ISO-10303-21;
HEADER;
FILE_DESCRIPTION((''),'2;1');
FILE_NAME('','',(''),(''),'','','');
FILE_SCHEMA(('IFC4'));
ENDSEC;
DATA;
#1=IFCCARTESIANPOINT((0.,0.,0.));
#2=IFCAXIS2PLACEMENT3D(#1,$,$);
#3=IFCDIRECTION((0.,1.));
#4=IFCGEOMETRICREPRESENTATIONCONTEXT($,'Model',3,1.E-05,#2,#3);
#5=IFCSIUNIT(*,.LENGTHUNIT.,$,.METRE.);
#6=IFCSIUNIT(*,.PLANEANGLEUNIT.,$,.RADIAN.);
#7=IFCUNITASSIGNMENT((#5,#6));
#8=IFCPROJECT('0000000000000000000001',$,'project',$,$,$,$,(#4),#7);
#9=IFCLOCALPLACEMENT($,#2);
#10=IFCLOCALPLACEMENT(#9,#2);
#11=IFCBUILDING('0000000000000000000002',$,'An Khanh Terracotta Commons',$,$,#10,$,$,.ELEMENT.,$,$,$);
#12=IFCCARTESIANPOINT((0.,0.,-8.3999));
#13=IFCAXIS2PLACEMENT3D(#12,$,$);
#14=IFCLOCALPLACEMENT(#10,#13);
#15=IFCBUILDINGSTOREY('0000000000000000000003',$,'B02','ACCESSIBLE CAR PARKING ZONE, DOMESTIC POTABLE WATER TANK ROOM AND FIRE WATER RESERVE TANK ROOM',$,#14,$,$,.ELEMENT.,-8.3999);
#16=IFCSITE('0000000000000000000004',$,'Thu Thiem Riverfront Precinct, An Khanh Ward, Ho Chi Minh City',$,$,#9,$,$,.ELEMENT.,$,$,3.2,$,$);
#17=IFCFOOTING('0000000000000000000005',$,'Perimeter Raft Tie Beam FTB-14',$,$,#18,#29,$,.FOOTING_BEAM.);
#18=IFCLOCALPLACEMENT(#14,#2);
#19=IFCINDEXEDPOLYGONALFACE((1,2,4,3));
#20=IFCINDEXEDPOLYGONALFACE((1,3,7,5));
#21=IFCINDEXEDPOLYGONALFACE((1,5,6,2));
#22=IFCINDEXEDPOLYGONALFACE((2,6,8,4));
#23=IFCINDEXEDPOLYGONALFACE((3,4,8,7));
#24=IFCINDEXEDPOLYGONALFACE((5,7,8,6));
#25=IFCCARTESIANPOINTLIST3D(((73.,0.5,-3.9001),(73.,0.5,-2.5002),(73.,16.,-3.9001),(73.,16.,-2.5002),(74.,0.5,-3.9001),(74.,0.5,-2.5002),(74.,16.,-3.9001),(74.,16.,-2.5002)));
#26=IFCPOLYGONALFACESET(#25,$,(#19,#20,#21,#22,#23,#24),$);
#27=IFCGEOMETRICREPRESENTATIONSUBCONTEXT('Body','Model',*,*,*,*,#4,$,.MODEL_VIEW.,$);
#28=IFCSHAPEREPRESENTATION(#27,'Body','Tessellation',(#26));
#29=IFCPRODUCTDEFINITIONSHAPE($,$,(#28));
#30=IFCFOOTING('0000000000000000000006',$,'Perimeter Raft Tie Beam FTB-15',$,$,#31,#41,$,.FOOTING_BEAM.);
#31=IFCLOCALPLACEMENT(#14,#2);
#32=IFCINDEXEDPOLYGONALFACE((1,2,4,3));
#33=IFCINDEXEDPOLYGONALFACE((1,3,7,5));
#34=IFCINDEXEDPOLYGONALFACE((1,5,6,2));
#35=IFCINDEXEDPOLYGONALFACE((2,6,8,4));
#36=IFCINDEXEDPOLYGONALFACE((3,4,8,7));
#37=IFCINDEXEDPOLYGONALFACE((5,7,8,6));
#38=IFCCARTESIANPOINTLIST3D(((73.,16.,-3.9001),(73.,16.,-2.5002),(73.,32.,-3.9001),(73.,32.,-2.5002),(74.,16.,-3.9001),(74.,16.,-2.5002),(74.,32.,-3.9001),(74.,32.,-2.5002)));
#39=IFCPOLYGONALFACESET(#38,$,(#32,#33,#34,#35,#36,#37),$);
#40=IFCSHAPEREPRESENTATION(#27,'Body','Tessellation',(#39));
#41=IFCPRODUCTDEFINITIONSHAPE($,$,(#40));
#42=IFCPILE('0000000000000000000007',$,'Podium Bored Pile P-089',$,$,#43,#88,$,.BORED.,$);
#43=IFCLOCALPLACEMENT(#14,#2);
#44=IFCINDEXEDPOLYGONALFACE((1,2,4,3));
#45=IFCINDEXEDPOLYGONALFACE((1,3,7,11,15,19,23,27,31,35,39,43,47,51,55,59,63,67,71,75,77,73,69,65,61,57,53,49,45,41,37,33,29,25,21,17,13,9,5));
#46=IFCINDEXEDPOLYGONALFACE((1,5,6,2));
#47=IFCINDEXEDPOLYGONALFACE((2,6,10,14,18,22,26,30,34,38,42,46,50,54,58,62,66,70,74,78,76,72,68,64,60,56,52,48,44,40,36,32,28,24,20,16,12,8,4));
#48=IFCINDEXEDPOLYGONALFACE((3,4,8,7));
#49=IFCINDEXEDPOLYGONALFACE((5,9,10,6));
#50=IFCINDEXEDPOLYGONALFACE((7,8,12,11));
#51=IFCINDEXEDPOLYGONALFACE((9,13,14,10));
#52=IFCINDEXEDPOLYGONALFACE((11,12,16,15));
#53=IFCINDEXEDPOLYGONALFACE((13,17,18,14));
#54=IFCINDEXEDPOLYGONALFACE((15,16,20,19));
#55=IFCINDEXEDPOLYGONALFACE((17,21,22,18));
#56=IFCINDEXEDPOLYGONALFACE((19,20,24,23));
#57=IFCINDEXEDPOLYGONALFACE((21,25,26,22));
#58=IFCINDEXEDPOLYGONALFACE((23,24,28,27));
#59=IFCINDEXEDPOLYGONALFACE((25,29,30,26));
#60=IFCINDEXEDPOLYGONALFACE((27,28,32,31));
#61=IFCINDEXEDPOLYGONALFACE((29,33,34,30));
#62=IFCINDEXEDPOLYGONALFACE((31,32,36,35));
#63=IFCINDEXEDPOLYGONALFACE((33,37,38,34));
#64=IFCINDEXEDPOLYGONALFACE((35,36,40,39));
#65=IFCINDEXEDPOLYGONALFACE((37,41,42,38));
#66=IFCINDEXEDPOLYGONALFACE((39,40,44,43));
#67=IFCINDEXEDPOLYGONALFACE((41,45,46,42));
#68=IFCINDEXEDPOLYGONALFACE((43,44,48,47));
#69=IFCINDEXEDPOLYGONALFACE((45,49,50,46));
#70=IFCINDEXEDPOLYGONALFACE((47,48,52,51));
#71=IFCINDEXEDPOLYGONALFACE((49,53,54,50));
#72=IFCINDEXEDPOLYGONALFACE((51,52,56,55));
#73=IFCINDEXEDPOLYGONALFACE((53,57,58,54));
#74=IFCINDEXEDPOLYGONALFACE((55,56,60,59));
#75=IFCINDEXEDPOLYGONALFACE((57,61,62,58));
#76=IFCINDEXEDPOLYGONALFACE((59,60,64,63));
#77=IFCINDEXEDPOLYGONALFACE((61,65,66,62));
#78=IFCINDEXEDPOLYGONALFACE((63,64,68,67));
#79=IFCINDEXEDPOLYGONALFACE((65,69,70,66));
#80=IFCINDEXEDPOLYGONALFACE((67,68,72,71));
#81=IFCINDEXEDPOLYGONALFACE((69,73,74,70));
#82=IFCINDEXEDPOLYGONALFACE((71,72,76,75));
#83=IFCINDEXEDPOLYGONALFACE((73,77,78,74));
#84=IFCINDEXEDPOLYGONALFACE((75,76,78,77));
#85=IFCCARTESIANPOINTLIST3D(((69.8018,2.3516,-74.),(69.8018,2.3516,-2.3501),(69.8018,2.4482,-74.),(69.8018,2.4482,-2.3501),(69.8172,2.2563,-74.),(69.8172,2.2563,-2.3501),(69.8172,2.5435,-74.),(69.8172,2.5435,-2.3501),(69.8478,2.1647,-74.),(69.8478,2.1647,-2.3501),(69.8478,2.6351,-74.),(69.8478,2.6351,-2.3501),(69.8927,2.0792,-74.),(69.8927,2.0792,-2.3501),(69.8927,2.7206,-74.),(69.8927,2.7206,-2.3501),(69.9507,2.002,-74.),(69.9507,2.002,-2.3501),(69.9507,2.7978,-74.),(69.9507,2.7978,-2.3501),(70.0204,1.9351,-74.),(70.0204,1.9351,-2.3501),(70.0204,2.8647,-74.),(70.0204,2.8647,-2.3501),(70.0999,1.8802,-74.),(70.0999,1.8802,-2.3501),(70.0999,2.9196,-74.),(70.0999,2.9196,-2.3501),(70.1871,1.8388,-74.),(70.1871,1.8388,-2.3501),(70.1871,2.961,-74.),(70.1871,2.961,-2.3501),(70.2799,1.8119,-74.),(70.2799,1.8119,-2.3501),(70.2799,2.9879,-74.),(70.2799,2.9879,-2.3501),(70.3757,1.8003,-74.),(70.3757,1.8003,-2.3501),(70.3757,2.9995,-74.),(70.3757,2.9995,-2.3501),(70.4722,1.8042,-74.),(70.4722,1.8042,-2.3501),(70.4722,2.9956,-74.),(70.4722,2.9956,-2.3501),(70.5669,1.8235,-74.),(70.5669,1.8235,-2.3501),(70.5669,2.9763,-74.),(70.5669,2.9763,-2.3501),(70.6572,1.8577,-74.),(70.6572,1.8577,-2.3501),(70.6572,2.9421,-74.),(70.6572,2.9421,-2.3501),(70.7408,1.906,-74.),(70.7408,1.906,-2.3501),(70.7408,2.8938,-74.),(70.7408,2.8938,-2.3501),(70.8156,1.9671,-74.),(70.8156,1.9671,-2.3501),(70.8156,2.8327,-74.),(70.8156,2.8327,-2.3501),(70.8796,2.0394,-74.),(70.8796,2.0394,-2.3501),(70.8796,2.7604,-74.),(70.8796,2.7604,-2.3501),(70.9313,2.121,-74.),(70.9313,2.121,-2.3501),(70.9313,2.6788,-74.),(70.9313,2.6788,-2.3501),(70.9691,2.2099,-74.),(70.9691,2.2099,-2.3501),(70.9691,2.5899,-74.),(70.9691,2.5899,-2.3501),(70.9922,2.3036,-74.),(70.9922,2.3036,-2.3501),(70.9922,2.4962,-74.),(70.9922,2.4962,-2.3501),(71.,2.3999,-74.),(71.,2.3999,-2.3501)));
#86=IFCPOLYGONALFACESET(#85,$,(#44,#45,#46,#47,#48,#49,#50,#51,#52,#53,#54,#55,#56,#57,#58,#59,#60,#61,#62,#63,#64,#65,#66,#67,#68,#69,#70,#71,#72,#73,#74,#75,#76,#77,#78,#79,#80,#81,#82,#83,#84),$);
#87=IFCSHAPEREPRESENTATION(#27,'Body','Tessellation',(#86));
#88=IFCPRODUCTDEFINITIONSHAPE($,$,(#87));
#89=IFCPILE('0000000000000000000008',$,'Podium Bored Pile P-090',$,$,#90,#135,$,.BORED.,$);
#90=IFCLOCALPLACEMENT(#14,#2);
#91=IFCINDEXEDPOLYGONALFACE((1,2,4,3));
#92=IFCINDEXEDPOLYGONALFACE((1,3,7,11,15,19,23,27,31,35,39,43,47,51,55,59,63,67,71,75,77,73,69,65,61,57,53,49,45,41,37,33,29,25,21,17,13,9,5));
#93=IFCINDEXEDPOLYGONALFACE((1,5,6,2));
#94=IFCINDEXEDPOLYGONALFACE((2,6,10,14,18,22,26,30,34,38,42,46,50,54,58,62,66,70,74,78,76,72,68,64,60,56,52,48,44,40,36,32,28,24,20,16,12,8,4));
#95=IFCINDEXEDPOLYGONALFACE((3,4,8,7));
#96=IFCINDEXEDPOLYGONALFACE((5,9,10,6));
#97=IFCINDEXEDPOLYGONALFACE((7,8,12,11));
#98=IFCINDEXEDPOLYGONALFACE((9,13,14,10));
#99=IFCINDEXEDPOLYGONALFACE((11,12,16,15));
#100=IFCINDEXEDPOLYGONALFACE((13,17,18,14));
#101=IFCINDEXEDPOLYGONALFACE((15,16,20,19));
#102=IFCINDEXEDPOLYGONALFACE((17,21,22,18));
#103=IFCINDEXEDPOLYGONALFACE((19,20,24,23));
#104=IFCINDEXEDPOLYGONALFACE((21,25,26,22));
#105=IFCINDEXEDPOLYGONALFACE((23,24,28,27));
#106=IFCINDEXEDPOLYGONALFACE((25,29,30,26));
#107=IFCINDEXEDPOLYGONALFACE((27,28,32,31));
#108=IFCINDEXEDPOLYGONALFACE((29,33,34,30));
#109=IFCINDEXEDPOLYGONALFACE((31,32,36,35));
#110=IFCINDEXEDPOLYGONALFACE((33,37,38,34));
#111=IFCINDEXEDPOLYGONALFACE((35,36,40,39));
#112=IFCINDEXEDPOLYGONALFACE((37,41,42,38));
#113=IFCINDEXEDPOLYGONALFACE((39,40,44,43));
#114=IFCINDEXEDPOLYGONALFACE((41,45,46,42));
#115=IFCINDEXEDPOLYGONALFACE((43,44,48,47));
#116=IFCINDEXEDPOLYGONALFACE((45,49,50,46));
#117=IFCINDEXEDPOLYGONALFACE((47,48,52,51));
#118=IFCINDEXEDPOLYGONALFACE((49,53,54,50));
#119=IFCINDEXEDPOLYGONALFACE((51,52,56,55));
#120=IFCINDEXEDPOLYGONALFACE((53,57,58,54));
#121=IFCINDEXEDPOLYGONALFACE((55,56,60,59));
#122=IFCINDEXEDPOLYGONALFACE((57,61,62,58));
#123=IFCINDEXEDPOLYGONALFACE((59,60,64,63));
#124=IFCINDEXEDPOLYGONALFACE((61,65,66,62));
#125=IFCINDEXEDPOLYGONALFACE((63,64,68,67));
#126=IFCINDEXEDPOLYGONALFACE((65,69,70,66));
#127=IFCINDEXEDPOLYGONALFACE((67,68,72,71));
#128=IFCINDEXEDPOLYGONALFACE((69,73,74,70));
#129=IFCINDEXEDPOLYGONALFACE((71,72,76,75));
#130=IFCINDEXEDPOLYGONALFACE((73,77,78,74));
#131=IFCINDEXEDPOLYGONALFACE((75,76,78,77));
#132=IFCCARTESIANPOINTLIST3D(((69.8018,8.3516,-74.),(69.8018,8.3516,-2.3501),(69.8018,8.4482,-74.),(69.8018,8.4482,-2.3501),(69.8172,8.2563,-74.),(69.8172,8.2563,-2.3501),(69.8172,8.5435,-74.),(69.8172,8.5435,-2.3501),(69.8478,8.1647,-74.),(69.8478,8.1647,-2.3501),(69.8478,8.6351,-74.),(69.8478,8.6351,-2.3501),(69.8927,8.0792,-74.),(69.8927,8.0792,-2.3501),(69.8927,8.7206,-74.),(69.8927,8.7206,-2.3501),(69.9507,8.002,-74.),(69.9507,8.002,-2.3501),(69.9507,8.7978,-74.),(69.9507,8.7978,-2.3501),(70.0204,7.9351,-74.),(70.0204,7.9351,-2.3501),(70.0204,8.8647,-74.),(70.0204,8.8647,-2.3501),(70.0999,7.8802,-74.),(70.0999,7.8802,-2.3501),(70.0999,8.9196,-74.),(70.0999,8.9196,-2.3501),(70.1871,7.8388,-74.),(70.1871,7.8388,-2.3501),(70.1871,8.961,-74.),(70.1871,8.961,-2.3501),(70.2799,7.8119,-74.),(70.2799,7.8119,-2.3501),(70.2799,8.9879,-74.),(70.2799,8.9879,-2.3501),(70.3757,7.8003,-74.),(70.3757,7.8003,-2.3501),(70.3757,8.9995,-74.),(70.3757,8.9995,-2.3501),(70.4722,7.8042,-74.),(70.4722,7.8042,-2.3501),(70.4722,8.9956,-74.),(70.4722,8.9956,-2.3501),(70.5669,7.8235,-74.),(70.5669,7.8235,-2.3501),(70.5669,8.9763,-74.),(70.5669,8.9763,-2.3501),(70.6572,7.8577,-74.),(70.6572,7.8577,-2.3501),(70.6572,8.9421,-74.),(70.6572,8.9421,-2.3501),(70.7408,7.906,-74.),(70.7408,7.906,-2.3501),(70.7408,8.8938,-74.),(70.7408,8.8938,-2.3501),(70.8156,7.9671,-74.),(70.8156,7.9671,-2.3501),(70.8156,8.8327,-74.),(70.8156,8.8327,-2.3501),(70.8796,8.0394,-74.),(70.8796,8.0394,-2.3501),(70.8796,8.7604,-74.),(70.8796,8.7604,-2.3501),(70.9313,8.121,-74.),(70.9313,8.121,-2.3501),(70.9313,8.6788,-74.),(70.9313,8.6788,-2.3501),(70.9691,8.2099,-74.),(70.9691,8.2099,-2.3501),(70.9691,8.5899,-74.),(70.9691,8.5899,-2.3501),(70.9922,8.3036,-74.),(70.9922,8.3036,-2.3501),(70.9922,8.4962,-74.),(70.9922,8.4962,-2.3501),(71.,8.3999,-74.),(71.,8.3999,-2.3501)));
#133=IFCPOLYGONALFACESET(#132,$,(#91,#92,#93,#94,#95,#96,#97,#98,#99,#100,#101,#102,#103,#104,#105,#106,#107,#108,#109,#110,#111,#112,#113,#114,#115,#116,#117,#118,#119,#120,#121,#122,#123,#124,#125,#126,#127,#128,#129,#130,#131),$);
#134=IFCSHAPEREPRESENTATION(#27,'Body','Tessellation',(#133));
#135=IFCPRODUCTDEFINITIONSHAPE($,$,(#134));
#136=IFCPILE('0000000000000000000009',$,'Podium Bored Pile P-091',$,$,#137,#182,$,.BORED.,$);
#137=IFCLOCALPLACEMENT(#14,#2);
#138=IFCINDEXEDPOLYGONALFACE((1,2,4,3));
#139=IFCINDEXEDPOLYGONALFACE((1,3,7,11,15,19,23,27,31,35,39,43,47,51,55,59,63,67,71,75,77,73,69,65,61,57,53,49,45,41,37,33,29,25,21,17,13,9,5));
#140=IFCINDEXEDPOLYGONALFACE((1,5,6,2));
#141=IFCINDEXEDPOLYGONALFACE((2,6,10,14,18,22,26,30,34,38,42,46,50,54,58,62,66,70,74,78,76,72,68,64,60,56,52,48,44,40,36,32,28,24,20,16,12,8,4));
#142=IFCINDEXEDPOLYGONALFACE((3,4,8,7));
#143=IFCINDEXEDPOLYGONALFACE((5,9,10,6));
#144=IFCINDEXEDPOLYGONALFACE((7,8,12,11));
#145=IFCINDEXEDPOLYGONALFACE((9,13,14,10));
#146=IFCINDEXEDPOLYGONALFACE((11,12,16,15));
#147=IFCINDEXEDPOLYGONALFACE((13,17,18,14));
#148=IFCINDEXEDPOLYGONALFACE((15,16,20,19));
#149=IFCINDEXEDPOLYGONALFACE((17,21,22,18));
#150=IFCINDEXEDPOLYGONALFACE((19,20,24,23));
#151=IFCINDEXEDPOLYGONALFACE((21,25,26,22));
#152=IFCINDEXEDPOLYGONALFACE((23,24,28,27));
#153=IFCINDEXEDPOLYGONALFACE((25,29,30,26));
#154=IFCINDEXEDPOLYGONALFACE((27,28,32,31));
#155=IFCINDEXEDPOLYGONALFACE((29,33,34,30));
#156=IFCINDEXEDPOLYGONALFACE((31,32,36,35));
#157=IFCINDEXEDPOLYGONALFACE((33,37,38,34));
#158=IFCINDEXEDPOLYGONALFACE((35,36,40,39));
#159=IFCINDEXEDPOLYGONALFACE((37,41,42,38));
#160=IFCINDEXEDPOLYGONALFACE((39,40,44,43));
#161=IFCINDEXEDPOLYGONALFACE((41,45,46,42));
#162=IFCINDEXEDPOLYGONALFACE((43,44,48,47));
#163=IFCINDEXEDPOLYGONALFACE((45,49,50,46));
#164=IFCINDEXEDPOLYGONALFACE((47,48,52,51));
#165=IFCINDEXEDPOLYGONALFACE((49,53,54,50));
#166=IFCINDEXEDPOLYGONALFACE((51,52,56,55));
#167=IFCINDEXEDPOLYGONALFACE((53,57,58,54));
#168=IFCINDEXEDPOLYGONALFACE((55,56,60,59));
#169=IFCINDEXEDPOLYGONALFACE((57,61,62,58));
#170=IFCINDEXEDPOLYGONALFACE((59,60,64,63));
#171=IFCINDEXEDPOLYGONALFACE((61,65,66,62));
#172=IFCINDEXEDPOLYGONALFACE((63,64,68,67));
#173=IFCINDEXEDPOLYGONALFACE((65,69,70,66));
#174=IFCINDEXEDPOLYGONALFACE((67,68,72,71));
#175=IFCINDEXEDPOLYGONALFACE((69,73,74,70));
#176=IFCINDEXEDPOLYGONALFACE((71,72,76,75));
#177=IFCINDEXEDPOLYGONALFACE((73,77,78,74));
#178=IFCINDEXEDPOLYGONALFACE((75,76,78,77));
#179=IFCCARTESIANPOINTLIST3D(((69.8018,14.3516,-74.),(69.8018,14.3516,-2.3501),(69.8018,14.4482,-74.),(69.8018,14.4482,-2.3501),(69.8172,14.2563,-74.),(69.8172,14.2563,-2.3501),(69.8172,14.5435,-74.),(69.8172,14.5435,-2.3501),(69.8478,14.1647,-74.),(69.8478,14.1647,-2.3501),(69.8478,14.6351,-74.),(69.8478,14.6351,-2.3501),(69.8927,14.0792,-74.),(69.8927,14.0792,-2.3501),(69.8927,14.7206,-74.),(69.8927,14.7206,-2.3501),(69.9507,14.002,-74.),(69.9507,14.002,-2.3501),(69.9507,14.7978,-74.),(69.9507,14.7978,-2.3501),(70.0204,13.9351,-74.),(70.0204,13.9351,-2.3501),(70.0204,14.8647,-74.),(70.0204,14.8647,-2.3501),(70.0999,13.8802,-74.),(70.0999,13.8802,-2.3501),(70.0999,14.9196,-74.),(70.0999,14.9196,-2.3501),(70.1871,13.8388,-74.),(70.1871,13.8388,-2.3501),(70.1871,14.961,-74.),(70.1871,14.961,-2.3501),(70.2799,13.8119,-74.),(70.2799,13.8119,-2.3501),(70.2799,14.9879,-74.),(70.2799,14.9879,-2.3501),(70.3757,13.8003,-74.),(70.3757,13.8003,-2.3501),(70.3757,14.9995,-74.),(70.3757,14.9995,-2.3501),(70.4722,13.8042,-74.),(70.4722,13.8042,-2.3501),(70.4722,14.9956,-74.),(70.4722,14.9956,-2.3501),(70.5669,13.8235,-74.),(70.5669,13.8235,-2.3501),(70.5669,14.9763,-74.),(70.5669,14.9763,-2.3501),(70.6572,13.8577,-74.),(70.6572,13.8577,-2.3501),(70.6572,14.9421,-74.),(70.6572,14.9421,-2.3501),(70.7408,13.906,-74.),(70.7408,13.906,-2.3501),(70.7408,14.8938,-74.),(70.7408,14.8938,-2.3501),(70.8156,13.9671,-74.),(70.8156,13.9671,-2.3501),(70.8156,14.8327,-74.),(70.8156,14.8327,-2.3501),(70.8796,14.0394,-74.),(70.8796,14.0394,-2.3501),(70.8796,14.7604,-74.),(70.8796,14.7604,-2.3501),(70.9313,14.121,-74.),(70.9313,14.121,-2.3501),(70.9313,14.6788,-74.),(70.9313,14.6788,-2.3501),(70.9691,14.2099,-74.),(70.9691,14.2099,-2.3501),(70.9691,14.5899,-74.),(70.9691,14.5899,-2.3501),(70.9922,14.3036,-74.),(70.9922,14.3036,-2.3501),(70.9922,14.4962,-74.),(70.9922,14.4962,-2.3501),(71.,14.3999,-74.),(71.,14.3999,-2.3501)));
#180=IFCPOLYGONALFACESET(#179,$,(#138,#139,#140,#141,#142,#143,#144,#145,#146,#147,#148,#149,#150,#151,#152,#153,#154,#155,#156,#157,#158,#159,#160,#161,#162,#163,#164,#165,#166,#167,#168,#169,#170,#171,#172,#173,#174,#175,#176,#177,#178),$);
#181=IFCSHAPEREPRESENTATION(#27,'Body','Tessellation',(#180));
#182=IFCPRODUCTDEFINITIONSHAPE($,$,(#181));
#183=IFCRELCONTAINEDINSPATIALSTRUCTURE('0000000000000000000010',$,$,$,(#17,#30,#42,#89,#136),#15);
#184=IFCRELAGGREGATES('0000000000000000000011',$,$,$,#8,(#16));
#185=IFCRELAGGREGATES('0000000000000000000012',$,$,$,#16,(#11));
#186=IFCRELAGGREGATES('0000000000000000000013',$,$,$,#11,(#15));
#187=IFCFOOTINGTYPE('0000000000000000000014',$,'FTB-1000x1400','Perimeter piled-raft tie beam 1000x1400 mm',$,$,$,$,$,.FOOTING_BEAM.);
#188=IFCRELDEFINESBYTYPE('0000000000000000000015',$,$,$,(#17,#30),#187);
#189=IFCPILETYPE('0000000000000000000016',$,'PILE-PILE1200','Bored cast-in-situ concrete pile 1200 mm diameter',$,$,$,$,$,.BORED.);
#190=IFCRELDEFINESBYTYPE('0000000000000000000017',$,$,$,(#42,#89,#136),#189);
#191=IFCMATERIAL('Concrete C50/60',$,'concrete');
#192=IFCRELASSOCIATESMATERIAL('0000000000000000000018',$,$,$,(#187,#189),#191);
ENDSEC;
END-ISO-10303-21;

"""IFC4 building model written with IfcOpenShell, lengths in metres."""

from ifc_helpers import new_model, si_unit, direction, frame, origin, origin_2d, place, context, subcontext, project, spatial, rectangle, circle, extrude, material, material_profile, profile_set, type_object, element, save


model = new_model("IFC4")

# Units and contexts
model_context = context("Model", 3, precision=1e-05, world=origin(), true_north=direction((0.0, 1.0)))
body_context = subcontext(model_context, "Body", "Model", "MODEL_VIEW")
ifc_project = project(units=[si_unit("LENGTHUNIT", "METRE"), si_unit("PLANEANGLEUNIT", "RADIAN")], contexts=[model_context])

# Site, building, storey
site_placement = place(None, origin())
site = spatial("IfcSite", under=ifc_project, at=site_placement, Name="Thu Thiem Riverfront Precinct, An Khanh Ward, Ho Chi Minh City", CompositionType="ELEMENT", RefElevation=3.2)
building_placement = place(site_placement, origin())
building = spatial("IfcBuilding", under=site, at=building_placement, Name="An Khanh Terracotta Commons", CompositionType="ELEMENT")
storey_placement = place(building_placement, frame((0.0, 0.0, -8.3999)))
storey = spatial("IfcBuildingStorey", under=building, at=storey_placement, Name="B02", Description="ACCESSIBLE CAR PARKING ZONE, DOMESTIC POTABLE WATER TANK ROOM AND FIRE WATER RESERVE TANK ROOM", CompositionType="ELEMENT", Elevation=-8.3999)

# Footings
ifc_material_1 = material(Name="Concrete C50/60", Category="concrete")
ifc_material_profile_1 = material_profile(ifc_material_1, rectangle(XDim=1.0, YDim=1.3999, at=origin_2d()), Name="FTB1000x1400")
ifc_profile_set_1 = profile_set([ifc_material_profile_1], Name="Concrete C50/60")
footing_type = type_object("IfcFootingType", Name="FTB-1000x1400", Description="Perimeter piled-raft tie beam 1000x1400 mm", PredefinedType="FOOTING_BEAM", material=ifc_profile_set_1)
footing_1_placement = place(storey_placement, frame((73.5, 0.5, -3.2002), z_axis=(0.0, 1.0, 0.0), x_axis=(-1.0, 0.0, 0.0)))
element("IfcFooting", 1, at=footing_1_placement, inside=storey, type_object=footing_type, Name="Perimeter Raft Tie Beam FTB-14", PredefinedType="FOOTING_BEAM", context=body_context, shape_type="SweptSolid", body=[
    extrude(rectangle(XDim=1.0, YDim=1.3999, at=origin_2d()), origin(), (0.0, 0.0, 1.0), 15.5),
])
footing_2_placement = place(storey_placement, frame((73.5, 16.0, -3.2002), z_axis=(0.0, 1.0, 0.0), x_axis=(-1.0, 0.0, 0.0)))
element("IfcFooting", 2, at=footing_2_placement, inside=storey, type_object=footing_type, Name="Perimeter Raft Tie Beam FTB-15", PredefinedType="FOOTING_BEAM", context=body_context, shape_type="SweptSolid", body=[
    extrude(rectangle(XDim=1.0, YDim=1.3999, at=origin_2d()), origin(), (0.0, 0.0, 1.0), 16.0),
])

# Piles
ifc_material_profile_2 = material_profile(ifc_material_1, circle(Radius=0.6001, at=origin_2d()), Name="PILE1200")
ifc_profile_set_2 = profile_set([ifc_material_profile_2], Name="Concrete C50/60")
pile_type_1 = type_object("IfcPileType", Name="PILE-PILE1200", Description="Bored cast-in-situ concrete pile 1200 mm diameter", PredefinedType="BORED", material=ifc_profile_set_2)
for number, where, z_axis, x_axis, name in (
    (3, (70.3999, 2.3999, -2.3501), (0.0, 0.0, -1.0), (1.0, 0.0, 0.0), "Podium Bored Pile P-089"),
    (4, (70.3999, 8.3999, -2.3501), (0.0, 0.0, -1.0), (1.0, 0.0, 0.0), "Podium Bored Pile P-090"),
    (5, (70.3999, 14.3999, -2.3501), (0.0, 0.0, -1.0), (1.0, 0.0, 0.0), "Podium Bored Pile P-091"),
):
    element("IfcPile", number, at=place(storey_placement, frame(where, z_axis=z_axis, x_axis=x_axis)), inside=storey, type_object=pile_type_1, Name=name, PredefinedType="BORED", context=body_context, shape_type="SweptSolid", body=[
        extrude(circle(Radius=0.6001, at=origin_2d()), origin(), (0.0, 0.0, 1.0), 71.6499),
    ])

save(model, "model.ifc")
